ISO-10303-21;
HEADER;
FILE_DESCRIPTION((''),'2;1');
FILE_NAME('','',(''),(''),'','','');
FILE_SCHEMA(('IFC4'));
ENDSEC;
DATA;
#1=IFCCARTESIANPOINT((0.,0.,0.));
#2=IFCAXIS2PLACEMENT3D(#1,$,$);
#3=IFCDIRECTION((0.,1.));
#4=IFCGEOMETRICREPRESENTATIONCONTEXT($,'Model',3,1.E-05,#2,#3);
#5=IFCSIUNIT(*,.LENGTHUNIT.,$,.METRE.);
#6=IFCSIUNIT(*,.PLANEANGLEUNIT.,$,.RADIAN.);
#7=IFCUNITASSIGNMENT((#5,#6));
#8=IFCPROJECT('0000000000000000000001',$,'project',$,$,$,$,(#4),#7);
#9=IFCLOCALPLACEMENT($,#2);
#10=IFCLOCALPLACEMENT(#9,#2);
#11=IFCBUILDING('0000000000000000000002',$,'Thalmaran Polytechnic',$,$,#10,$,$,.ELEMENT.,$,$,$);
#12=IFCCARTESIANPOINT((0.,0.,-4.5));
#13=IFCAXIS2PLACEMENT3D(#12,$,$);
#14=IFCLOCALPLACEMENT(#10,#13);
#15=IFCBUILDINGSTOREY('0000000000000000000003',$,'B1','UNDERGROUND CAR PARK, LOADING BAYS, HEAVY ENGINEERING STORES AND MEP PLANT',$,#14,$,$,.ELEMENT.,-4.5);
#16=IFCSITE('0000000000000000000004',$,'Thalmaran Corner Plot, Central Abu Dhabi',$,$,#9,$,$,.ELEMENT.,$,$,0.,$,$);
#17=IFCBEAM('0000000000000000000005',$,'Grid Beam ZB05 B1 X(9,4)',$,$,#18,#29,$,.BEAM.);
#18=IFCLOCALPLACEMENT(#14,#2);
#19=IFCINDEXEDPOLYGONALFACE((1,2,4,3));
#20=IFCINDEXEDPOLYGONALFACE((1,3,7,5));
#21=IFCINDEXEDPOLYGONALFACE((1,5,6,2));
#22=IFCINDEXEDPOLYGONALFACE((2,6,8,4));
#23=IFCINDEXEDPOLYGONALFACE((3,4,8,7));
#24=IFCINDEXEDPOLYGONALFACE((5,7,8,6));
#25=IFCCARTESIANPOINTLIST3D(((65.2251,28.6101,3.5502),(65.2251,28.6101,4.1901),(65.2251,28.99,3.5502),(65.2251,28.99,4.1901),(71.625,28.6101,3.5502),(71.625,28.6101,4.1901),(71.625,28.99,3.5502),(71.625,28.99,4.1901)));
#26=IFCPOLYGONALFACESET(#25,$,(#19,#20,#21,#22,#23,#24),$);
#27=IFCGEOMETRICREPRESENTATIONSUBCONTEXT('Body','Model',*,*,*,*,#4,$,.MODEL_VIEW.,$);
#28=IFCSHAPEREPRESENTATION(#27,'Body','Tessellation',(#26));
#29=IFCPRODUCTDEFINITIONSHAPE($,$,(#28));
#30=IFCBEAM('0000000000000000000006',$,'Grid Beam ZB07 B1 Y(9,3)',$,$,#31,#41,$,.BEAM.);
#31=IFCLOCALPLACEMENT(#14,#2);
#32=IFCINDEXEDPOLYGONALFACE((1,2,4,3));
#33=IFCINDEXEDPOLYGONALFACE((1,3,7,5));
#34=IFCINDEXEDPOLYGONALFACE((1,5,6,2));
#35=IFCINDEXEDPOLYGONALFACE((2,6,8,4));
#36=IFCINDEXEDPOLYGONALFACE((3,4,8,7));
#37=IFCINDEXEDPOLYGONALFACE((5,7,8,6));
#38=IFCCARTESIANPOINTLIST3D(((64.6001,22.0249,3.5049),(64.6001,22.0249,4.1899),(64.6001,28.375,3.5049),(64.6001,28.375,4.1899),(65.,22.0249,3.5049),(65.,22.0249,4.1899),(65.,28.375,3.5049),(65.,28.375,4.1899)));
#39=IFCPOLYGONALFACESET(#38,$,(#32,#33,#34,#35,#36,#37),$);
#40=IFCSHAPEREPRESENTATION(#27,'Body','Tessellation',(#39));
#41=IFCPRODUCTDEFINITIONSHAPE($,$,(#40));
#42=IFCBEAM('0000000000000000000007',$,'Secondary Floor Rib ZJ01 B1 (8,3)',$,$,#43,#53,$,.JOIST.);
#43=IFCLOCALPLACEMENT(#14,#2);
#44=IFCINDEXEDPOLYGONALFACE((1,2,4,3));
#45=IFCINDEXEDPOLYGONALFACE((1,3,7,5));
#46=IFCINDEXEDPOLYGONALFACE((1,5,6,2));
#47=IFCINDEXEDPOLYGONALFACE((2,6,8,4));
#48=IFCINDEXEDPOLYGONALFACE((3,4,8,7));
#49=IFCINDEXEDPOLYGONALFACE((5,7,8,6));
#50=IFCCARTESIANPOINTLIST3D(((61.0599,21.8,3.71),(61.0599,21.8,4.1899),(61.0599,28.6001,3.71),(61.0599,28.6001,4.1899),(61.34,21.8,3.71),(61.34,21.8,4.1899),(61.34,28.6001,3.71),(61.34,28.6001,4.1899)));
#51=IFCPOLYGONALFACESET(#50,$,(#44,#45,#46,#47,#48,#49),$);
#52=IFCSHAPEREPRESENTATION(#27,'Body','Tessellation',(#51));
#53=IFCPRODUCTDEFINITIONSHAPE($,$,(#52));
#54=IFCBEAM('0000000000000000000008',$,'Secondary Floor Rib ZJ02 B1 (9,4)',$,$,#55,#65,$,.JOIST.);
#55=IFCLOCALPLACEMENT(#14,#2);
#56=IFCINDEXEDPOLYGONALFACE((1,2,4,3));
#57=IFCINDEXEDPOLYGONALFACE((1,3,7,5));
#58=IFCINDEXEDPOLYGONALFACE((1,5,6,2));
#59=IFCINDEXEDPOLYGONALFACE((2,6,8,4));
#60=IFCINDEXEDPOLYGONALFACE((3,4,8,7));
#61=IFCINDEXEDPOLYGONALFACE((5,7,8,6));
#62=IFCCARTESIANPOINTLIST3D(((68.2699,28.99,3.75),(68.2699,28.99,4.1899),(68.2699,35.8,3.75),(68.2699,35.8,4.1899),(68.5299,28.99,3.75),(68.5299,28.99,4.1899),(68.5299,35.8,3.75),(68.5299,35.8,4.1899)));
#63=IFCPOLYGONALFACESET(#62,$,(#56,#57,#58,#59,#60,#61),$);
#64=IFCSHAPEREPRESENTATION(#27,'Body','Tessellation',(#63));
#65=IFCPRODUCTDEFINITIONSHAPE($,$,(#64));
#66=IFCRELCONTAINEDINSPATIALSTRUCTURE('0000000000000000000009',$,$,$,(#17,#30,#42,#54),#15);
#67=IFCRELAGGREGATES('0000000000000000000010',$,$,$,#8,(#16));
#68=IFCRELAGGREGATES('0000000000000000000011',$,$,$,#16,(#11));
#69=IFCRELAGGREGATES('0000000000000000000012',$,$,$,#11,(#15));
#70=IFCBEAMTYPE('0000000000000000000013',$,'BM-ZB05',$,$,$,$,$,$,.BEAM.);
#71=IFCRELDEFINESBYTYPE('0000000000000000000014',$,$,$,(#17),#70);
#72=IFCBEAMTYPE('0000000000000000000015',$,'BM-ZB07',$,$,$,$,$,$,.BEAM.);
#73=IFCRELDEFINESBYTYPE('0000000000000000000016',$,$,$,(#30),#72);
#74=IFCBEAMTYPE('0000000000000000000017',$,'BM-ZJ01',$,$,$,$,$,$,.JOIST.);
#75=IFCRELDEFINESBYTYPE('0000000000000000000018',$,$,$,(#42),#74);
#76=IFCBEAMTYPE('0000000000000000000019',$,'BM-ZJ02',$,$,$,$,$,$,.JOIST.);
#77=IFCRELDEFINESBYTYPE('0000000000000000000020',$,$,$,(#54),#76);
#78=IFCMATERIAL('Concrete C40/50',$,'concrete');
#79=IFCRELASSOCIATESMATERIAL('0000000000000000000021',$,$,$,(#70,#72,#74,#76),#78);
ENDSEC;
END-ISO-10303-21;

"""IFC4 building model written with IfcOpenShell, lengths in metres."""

from ifc_helpers import new_model, si_unit, direction, frame, origin, origin_2d, place, context, subcontext, project, spatial, rectangle, extrude, material, material_profile, profile_set, type_object, element, save


model = new_model("IFC4")

# Units and contexts
model_context = context("Model", 3, precision=1e-05, world=origin(), true_north=direction((0.0, 1.0)))
body_context = subcontext(model_context, "Body", "Model", "MODEL_VIEW")
ifc_project = project(units=[si_unit("LENGTHUNIT", "METRE"), si_unit("PLANEANGLEUNIT", "RADIAN")], contexts=[model_context])

# Site, building, storey
site_placement = place(None, origin())
site = spatial("IfcSite", under=ifc_project, at=site_placement, Name="Thalmaran Corner Plot, Central Abu Dhabi", CompositionType="ELEMENT", RefElevation=0.0)
building_placement = place(site_placement, origin())
building = spatial("IfcBuilding", under=site, at=building_placement, Name="Thalmaran Polytechnic", CompositionType="ELEMENT")
storey_placement = place(building_placement, frame((0.0, 0.0, -4.5)))
storey = spatial("IfcBuildingStorey", under=building, at=storey_placement, Name="B1", Description="UNDERGROUND CAR PARK, LOADING BAYS, HEAVY ENGINEERING STORES AND MEP PLANT", CompositionType="ELEMENT", Elevation=-4.5)

# Shared definitions
ifc_material_1 = material(Name="Concrete C40/50", Category="concrete")

# Beams
ifc_material_profile_1 = material_profile(ifc_material_1, rectangle(XDim=0.3799, YDim=0.6399, at=origin_2d()), Name="RC 380x640")
ifc_profile_set_1 = profile_set([ifc_material_profile_1], Name="Concrete C40/50")
beam_type_1 = type_object("IfcBeamType", Name="BM-ZB05", PredefinedType="BEAM", material=ifc_profile_set_1)
beam_1_placement = place(storey_placement, frame((65.2251, 28.8, 3.8701), z_axis=(1.0, 0.0, 0.0), x_axis=(0.0, 1.0, 0.0)))
element("IfcBeam", 1, at=beam_1_placement, inside=storey, type_object=beam_type_1, Name="Grid Beam ZB05 B1 X(9,4)", PredefinedType="BEAM", context=body_context, shape_type="SweptSolid", body=[
    extrude(rectangle(XDim=0.3799, YDim=0.6399, at=origin_2d()), origin(), (0.0, 0.0, 1.0), 6.3999),
])
ifc_material_profile_2 = material_profile(ifc_material_1, rectangle(XDim=0.3999, YDim=0.6851, at=origin_2d()), Name="RC 400x685")
ifc_profile_set_2 = profile_set([ifc_material_profile_2], Name="Concrete C40/50")
beam_type_2 = type_object("IfcBeamType", Name="BM-ZB07", PredefinedType="BEAM", material=ifc_profile_set_2)
beam_2_placement = place(storey_placement, frame((64.8, 22.0249, 3.8474), z_axis=(0.0, 1.0, 0.0), x_axis=(-1.0, 0.0, 0.0)))
element("IfcBeam", 2, at=beam_2_placement, inside=storey, type_object=beam_type_2, Name="Grid Beam ZB07 B1 Y(9,3)", PredefinedType="BEAM", context=body_context, shape_type="SweptSolid", body=[
    extrude(rectangle(XDim=0.3999, YDim=0.6851, at=origin_2d()), origin(), (0.0, 0.0, 1.0), 6.3501),
])
ifc_material_profile_3 = material_profile(ifc_material_1, rectangle(XDim=0.28, YDim=0.48, at=origin_2d()), Name="RC 280x480")
ifc_profile_set_3 = profile_set([ifc_material_profile_3], Name="Concrete C40/50")
beam_type_3 = type_object("IfcBeamType", Name="BM-ZJ01", PredefinedType="JOIST", material=ifc_profile_set_3)
beam_3_placement = place(storey_placement, frame((61.2, 21.8, 3.95), z_axis=(0.0, 1.0, 0.0), x_axis=(-1.0, 0.0, 0.0)))
element("IfcBeam", 3, at=beam_3_placement, inside=storey, type_object=beam_type_3, Name="Secondary Floor Rib ZJ01 B1 (8,3)", PredefinedType="JOIST", context=body_context, shape_type="SweptSolid", body=[
    extrude(rectangle(XDim=0.28, YDim=0.48, at=origin_2d()), origin(), (0.0, 0.0, 1.0), 6.8),
])
ifc_material_profile_4 = material_profile(ifc_material_1, rectangle(XDim=0.26, YDim=0.4399, at=origin_2d()), Name="RC 260x440")
ifc_profile_set_4 = profile_set([ifc_material_profile_4], Name="Concrete C40/50")
beam_type_4 = type_object("IfcBeamType", Name="BM-ZJ02", PredefinedType="JOIST", material=ifc_profile_set_4)
beam_4_placement = place(storey_placement, frame((68.3999, 28.99, 3.97), z_axis=(0.0, 1.0, 0.0), x_axis=(-1.0, 0.0, 0.0)))
element("IfcBeam", 4, at=beam_4_placement, inside=storey, type_object=beam_type_4, Name="Secondary Floor Rib ZJ02 B1 (9,4)", PredefinedType="JOIST", context=body_context, shape_type="SweptSolid", body=[
    extrude(rectangle(XDim=0.26, YDim=0.4399, at=origin_2d()), origin(), (0.0, 0.0, 1.0), 6.8101),
])

save(model, "model.ifc")
